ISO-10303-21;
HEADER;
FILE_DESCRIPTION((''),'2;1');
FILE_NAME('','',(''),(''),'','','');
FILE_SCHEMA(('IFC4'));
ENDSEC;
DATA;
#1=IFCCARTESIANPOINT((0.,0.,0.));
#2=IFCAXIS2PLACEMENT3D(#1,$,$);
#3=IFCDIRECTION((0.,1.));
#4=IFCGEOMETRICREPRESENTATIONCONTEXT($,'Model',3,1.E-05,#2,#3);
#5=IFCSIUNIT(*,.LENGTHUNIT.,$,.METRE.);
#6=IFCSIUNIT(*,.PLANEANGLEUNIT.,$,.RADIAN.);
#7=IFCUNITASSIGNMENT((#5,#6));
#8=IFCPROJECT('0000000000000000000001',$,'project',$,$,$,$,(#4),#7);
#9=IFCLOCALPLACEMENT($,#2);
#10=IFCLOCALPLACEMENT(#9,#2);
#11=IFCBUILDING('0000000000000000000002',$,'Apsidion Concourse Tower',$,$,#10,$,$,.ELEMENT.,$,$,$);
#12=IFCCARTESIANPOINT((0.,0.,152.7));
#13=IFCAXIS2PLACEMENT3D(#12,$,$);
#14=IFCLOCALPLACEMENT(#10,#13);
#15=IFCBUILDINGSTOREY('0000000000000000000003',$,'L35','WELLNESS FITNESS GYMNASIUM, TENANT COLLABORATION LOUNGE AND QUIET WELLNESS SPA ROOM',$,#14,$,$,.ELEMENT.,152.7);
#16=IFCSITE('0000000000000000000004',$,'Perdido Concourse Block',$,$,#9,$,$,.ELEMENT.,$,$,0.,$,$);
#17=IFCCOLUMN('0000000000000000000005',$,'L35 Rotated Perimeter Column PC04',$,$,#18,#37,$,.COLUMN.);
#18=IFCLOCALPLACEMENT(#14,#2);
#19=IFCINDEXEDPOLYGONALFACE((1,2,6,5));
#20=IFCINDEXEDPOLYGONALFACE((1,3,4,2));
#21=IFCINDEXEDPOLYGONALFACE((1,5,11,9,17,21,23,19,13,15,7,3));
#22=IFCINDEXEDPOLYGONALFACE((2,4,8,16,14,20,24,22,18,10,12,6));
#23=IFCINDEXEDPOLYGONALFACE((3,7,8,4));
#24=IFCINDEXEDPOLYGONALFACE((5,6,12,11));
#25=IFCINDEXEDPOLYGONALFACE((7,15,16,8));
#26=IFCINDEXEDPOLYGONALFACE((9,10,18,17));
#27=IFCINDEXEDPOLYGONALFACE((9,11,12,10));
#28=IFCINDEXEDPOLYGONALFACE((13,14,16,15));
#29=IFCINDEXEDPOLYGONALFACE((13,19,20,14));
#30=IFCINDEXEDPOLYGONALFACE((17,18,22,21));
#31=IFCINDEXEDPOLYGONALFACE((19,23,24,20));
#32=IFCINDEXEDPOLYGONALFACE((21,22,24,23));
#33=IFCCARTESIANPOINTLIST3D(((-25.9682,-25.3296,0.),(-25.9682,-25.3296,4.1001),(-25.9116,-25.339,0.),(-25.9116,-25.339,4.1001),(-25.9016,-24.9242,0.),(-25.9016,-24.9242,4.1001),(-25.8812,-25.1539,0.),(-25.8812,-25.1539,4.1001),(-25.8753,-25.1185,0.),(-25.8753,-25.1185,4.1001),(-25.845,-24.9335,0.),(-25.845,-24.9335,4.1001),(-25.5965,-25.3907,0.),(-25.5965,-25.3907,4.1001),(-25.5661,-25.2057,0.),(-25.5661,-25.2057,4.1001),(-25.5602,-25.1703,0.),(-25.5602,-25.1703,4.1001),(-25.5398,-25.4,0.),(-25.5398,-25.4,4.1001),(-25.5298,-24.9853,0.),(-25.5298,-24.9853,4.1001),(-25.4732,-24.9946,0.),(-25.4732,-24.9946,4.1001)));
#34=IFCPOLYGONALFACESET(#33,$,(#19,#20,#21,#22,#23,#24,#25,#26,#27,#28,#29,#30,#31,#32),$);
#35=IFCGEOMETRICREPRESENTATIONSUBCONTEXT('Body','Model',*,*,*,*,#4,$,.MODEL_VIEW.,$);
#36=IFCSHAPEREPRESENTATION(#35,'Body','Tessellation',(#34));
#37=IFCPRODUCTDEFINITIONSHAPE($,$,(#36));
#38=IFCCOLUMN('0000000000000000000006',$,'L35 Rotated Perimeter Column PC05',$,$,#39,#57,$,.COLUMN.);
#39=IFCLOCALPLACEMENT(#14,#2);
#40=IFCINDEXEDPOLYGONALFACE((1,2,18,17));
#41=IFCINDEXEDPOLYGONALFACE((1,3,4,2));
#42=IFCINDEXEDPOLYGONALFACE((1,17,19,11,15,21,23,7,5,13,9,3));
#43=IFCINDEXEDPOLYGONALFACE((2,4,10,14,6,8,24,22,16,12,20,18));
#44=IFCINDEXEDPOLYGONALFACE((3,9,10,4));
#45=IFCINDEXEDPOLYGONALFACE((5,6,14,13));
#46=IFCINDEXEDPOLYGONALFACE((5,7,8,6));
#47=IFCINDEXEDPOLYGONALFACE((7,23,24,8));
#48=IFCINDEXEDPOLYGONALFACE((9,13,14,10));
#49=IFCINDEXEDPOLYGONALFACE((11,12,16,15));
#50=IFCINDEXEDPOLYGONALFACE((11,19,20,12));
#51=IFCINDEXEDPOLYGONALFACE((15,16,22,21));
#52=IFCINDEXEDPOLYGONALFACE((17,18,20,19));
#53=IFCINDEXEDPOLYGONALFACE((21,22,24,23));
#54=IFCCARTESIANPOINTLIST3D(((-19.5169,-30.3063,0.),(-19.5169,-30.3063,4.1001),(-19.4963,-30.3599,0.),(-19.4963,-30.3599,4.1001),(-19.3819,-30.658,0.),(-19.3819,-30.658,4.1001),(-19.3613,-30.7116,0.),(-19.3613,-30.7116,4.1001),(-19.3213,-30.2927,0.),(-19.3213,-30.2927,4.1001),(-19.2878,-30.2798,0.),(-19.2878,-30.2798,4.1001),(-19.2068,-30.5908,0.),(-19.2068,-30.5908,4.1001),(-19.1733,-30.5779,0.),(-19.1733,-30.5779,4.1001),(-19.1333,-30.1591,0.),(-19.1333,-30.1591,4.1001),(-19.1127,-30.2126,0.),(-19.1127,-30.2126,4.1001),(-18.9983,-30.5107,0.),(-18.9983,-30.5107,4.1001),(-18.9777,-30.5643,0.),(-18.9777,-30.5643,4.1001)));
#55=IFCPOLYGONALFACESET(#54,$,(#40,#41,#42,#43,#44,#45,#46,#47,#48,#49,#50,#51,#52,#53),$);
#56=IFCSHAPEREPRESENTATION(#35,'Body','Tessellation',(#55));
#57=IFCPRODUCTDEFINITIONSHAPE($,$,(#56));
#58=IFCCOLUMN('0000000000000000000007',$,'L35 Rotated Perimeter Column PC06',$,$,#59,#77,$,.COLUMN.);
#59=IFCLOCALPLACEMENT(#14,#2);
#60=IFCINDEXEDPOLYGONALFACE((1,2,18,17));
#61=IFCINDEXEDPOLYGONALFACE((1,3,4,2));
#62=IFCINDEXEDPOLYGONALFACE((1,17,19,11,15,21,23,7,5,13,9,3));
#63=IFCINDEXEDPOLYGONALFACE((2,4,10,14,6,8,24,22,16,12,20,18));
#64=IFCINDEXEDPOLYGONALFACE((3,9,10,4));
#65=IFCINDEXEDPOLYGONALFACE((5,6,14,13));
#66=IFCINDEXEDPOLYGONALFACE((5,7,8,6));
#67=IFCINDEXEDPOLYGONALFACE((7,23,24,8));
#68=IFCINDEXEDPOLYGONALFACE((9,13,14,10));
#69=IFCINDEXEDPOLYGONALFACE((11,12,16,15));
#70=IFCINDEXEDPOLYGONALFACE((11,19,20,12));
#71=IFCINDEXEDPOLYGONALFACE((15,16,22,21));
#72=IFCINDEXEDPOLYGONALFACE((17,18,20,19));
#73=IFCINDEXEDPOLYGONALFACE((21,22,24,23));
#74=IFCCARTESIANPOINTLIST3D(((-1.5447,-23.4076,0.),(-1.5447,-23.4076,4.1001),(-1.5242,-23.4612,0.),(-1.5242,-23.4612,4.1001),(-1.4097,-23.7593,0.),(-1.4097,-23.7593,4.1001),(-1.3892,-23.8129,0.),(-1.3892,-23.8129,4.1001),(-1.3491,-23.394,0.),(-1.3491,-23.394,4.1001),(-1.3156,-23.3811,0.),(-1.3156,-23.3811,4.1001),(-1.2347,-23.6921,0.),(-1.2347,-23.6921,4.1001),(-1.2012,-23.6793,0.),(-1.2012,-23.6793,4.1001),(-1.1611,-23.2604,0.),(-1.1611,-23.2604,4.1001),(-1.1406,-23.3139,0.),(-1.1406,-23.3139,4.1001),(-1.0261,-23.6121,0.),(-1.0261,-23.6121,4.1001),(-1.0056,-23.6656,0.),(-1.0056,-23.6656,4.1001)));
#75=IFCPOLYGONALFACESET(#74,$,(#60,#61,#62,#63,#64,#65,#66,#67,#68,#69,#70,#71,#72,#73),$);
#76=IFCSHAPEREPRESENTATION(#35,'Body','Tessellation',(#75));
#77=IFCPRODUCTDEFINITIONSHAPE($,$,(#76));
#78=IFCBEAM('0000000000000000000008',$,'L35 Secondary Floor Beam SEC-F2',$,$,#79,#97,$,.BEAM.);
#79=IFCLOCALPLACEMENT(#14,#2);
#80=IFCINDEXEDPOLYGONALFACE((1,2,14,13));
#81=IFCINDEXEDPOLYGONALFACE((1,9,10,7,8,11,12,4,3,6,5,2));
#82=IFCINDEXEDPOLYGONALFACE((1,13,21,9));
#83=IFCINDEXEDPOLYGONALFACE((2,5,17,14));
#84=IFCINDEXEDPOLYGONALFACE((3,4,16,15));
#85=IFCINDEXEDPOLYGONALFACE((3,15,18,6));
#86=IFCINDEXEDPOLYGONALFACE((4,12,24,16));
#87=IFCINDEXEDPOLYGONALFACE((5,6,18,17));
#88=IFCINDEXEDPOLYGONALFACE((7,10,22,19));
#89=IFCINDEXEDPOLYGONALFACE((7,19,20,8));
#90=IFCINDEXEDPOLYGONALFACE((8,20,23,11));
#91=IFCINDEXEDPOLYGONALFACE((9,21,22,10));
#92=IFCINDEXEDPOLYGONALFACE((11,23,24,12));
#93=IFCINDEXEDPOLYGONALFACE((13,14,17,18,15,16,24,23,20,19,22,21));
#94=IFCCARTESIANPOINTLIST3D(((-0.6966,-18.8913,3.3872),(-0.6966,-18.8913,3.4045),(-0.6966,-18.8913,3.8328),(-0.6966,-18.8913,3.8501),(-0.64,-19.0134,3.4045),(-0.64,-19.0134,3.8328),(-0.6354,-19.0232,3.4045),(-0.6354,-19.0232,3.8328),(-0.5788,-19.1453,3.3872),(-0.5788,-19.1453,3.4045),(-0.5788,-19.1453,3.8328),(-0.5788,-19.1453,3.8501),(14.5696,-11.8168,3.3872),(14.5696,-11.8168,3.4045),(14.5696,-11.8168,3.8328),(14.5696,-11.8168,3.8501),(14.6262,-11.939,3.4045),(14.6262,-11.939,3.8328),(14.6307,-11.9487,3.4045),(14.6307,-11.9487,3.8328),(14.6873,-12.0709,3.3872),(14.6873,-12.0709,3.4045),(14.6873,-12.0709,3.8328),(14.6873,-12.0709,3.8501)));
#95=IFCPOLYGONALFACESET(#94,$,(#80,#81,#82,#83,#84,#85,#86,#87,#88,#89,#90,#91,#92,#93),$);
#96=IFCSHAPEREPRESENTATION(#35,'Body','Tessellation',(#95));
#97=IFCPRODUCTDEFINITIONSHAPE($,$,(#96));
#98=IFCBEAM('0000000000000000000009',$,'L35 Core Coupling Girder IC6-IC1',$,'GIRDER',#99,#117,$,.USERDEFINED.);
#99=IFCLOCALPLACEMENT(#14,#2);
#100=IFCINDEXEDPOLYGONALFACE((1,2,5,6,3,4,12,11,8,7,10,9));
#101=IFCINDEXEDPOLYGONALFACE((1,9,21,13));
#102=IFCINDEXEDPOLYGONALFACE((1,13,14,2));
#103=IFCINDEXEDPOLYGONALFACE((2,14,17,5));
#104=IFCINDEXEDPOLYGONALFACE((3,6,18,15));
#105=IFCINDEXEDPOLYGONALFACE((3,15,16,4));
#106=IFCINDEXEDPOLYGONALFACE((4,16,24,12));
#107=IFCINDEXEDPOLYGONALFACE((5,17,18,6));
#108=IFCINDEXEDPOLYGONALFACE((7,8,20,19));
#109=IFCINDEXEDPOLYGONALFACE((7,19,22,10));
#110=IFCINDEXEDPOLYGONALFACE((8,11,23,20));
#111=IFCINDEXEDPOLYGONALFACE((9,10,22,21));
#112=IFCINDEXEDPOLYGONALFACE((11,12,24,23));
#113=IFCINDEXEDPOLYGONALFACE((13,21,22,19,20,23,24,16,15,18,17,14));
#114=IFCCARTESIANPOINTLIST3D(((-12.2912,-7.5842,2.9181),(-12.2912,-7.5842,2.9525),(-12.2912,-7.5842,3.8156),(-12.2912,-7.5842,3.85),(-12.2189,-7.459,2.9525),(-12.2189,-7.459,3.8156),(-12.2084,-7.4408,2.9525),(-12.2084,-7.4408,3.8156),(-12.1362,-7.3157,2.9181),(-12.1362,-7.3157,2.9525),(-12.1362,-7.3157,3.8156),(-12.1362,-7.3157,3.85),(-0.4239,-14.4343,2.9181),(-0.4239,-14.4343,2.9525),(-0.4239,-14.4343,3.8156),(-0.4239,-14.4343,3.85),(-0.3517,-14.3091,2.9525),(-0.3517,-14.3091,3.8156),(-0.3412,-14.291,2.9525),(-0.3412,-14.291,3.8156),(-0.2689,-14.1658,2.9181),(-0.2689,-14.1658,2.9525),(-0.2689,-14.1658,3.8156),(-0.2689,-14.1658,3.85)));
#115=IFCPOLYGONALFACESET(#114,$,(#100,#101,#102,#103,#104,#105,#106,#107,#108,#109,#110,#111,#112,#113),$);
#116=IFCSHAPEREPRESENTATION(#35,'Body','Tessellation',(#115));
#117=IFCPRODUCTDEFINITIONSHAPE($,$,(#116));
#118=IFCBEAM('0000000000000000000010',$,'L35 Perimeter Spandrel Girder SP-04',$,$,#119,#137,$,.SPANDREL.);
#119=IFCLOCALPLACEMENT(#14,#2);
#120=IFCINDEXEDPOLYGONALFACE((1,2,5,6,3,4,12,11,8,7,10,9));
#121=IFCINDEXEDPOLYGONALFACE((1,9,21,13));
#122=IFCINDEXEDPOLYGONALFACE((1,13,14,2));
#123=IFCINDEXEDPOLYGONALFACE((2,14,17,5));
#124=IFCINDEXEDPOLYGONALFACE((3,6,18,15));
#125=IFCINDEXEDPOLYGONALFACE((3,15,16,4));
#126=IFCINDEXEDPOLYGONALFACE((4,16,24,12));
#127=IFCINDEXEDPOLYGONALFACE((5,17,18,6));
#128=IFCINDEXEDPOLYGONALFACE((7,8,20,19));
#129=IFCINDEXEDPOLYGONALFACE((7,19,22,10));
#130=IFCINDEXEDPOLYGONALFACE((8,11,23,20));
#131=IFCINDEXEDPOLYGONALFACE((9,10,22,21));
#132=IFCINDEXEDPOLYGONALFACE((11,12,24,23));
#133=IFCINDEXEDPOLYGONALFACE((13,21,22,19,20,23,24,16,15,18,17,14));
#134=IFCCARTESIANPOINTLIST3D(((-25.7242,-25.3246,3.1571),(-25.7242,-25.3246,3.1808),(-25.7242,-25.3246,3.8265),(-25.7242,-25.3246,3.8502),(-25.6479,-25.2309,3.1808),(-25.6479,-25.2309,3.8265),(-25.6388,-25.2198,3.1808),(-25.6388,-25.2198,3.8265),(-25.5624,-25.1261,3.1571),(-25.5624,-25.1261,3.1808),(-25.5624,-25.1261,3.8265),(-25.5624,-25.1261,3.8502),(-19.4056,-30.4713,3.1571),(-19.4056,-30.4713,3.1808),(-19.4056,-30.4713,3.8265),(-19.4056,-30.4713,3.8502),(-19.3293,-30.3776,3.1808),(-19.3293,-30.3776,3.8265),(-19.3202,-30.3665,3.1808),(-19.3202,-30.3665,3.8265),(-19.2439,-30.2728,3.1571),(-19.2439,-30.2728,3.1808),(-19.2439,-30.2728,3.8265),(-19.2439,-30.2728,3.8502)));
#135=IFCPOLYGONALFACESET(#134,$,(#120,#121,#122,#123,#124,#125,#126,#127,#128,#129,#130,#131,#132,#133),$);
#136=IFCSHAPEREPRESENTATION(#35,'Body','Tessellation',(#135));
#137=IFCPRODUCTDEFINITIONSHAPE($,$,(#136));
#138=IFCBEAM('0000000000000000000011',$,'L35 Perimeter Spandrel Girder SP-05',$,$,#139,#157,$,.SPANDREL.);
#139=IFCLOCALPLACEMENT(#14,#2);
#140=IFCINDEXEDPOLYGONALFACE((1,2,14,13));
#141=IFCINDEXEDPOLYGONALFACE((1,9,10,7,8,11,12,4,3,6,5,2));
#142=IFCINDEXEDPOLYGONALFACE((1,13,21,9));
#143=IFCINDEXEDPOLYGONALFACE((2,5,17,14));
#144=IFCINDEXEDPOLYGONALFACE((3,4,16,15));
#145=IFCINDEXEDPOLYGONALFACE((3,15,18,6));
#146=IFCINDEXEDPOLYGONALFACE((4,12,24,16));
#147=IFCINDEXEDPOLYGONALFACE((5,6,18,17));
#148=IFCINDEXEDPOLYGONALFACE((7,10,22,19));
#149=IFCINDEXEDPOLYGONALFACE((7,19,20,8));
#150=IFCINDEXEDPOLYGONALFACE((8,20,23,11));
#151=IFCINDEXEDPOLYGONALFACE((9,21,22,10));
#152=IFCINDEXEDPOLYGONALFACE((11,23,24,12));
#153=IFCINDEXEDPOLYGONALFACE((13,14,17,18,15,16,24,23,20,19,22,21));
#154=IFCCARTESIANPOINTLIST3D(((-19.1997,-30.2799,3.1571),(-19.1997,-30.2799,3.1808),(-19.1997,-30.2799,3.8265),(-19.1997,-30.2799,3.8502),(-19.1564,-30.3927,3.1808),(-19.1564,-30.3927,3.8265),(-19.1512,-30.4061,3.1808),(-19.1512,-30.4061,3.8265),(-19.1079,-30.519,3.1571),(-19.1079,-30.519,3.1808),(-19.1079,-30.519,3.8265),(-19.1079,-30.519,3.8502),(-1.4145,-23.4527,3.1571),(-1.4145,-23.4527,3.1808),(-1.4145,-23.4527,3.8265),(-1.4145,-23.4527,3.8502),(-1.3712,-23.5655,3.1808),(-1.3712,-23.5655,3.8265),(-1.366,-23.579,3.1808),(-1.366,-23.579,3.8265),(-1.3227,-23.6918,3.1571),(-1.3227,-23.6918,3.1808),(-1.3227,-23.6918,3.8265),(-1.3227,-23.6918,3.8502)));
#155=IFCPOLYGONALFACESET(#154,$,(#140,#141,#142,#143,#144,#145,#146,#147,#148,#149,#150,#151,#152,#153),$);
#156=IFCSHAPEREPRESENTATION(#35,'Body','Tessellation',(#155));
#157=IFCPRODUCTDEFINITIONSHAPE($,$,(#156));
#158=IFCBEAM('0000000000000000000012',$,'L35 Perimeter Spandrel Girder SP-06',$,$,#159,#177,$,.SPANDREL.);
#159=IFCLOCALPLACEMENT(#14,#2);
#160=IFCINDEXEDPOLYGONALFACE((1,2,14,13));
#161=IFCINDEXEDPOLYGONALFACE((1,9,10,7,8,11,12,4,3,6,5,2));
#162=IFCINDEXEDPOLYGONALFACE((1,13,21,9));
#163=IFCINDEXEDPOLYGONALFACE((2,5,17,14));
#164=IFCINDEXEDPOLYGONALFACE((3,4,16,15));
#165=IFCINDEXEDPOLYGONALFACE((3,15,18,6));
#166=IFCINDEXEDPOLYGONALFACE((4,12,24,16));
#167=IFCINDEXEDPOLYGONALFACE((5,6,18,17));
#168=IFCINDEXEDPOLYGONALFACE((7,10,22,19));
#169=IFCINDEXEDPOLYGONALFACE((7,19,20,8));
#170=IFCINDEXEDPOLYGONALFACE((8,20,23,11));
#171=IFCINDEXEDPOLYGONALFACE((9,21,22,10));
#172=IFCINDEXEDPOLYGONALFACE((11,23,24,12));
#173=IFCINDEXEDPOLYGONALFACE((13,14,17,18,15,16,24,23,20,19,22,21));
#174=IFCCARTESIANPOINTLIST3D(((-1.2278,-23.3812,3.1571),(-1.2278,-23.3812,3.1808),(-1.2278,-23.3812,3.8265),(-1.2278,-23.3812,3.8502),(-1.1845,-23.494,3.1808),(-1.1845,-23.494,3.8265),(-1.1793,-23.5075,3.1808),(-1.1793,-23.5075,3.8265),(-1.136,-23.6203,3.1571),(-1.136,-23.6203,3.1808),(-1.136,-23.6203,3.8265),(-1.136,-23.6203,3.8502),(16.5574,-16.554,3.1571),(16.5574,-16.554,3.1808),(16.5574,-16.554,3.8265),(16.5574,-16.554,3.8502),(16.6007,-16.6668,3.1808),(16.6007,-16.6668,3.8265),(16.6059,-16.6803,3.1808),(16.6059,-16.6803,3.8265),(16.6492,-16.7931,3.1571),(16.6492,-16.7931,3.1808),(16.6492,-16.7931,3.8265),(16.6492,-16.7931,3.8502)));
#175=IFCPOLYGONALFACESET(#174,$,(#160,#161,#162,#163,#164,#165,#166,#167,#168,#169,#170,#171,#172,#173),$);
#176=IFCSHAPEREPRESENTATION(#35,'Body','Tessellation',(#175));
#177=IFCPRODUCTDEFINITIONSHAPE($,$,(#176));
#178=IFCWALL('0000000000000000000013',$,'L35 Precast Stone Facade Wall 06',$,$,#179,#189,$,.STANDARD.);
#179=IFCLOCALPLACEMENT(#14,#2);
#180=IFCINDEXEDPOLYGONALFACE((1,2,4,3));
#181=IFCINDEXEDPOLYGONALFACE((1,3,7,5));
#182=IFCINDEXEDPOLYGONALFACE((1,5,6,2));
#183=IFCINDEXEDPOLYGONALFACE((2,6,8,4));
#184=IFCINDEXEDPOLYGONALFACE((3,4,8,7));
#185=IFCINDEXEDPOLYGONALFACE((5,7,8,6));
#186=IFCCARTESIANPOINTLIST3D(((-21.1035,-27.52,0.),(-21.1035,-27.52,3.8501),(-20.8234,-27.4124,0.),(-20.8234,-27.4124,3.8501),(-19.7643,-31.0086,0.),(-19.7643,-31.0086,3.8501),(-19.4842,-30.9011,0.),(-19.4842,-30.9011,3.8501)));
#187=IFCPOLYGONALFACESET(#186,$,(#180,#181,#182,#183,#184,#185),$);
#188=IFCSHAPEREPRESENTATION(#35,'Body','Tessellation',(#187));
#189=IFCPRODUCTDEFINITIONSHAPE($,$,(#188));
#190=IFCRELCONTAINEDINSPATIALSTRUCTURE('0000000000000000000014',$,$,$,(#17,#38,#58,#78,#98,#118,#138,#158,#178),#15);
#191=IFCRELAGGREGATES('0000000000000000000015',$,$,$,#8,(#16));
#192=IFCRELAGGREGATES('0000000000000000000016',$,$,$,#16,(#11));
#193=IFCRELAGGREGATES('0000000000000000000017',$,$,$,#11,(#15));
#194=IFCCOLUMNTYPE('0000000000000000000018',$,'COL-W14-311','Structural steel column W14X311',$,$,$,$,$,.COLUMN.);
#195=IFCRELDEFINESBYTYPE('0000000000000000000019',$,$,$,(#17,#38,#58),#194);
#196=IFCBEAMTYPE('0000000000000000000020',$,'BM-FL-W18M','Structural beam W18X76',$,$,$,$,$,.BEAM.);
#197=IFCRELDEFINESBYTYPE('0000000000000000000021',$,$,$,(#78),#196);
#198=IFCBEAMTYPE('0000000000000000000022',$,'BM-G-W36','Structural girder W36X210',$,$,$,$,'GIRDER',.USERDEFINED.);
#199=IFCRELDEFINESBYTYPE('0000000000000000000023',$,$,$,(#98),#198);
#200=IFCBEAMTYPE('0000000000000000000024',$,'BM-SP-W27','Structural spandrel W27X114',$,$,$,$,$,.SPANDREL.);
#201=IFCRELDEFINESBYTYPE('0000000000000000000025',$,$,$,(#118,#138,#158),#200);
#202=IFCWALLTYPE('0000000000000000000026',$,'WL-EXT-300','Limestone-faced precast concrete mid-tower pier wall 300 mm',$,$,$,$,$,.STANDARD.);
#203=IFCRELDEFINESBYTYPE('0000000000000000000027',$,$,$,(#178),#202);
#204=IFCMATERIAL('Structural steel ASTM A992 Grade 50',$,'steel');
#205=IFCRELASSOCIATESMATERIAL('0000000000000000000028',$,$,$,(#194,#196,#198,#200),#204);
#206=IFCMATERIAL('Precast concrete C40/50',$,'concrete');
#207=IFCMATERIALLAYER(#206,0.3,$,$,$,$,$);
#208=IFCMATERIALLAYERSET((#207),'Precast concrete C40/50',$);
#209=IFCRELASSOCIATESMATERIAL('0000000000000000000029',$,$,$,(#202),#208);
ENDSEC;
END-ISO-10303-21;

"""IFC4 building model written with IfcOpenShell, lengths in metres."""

from ifc_helpers import new_model, si_unit, direction, frame, frame_2d, origin, origin_2d, place, context, subcontext, project, spatial, rectangle, i_section, extrude, material, layer, layer_set, material_profile, profile_set, type_object, element, save


model = new_model("IFC4")

# Units and contexts
model_context = context("Model", 3, precision=1e-05, world=origin(), true_north=direction((0.0, 1.0)))
body_context = subcontext(model_context, "Body", "Model", "MODEL_VIEW")
ifc_project = project(units=[si_unit("LENGTHUNIT", "METRE"), si_unit("PLANEANGLEUNIT", "RADIAN")], contexts=[model_context])

# Site, building, storey
site_placement = place(None, origin())
site = spatial("IfcSite", under=ifc_project, at=site_placement, Name="Perdido Concourse Block", CompositionType="ELEMENT", RefElevation=0.0)
building_placement = place(site_placement, origin())
building = spatial("IfcBuilding", under=site, at=building_placement, Name="Apsidion Concourse Tower", CompositionType="ELEMENT")
storey_placement = place(building_placement, frame((0.0, 0.0, 152.7)))
storey = spatial("IfcBuildingStorey", under=building, at=storey_placement, Name="L35", Description="WELLNESS FITNESS GYMNASIUM, TENANT COLLABORATION LOUNGE AND QUIET WELLNESS SPA ROOM", CompositionType="ELEMENT", Elevation=152.7)

# Columns
ifc_material_1 = material(Name="Structural steel ASTM A992 Grade 50", Category="steel")
ifc_material_profile_1 = material_profile(ifc_material_1, i_section(OverallWidth=0.4109, OverallDepth=0.4341, WebThickness=0.0359, FlangeThickness=0.0574, at=origin_2d()), Name="W14X311")
ifc_profile_set_1 = profile_set([ifc_material_profile_1], Name="Structural steel ASTM A992 Grade 50")
column_type = type_object("IfcColumnType", Name="COL-W14-311", Description="Structural steel column W14X311", PredefinedType="COLUMN", material=ifc_profile_set_1)
for number, where, z_axis, x_axis, name in (
    (1, (-25.7207, -25.1621, 0.0), (0.0, 0.0, 1.0), (0.162121, 0.986771, 0.0), "L35 Rotated Perimeter Column PC04"),
    (2, (-19.2473, -30.4353, 0.0), (0.0, 0.0, 1.0), (0.93358, 0.358368, 0.0), "L35 Rotated Perimeter Column PC05"),
    (3, (-1.2751, -23.5366, 0.0), (0.0, 0.0, 1.0), (0.93358, 0.358368, 0.0), "L35 Rotated Perimeter Column PC06"),
):
    element("IfcColumn", number, at=place(storey_placement, frame(where, z_axis=z_axis, x_axis=x_axis)), inside=storey, type_object=column_type, Name=name, PredefinedType="COLUMN", context=body_context, shape_type="SweptSolid", body=[
        extrude(i_section(OverallWidth=0.4109, OverallDepth=0.4341, WebThickness=0.0359, FlangeThickness=0.0574, at=origin_2d()), origin(), (0.0, 0.0, 1.0), 4.1001),
    ])

# Beams
ifc_material_profile_2 = material_profile(ifc_material_1, i_section(OverallWidth=0.28, OverallDepth=0.4629, WebThickness=0.0107, FlangeThickness=0.0173, at=origin_2d()), Name="W18X76")
ifc_profile_set_2 = profile_set([ifc_material_profile_2], Name="Structural steel ASTM A992 Grade 50")
beam_type_1 = type_object("IfcBeamType", Name="BM-FL-W18M", Description="Structural beam W18X76", PredefinedType="BEAM", material=ifc_profile_set_2)
beam_1_placement = place(storey_placement, frame((-0.6377, -19.0183, 3.6187), z_axis=(0.907312, 0.420457, 0.0), x_axis=(-0.420457, 0.907312, 0.0)))
element("IfcBeam", 4, at=beam_1_placement, inside=storey, type_object=beam_type_1, Name="L35 Secondary Floor Beam SEC-F2", PredefinedType="BEAM", context=body_context, shape_type="SweptSolid", body=[
    extrude(i_section(OverallWidth=0.28, OverallDepth=0.4629, WebThickness=0.0107, FlangeThickness=0.0173, at=origin_2d()), origin(), (0.0, 0.0, 1.0), 16.8257),
])
ifc_material_profile_3 = material_profile(ifc_material_1, i_section(OverallWidth=0.3101, OverallDepth=0.9319, WebThickness=0.021, FlangeThickness=0.0344, at=origin_2d()), Name="W36X210")
ifc_profile_set_3 = profile_set([ifc_material_profile_3], Name="Structural steel ASTM A992 Grade 50")
beam_type_2 = type_object("IfcBeamType", Name="BM-G-W36", Description="Structural girder W36X210", ElementType="GIRDER", PredefinedType="USERDEFINED", material=ifc_profile_set_3)
beam_2_placement = place(storey_placement, frame((-0.3464, -14.3, 3.384), z_axis=(-0.86607, 0.499922, 0.0), x_axis=(-0.499922, -0.86607, 0.0)))
element("IfcBeam", 5, at=beam_2_placement, inside=storey, type_object=beam_type_2, Name="L35 Core Coupling Girder IC6-IC1", ObjectType="GIRDER", PredefinedType="USERDEFINED", context=body_context, shape_type="SweptSolid", body=[
    extrude(i_section(OverallWidth=0.3101, OverallDepth=0.9319, WebThickness=0.021, FlangeThickness=0.0344, at=origin_2d()), origin(), (0.0, 0.0, 1.0), 13.7024),
])
ifc_material_profile_4 = material_profile(ifc_material_1, i_section(OverallWidth=0.2561, OverallDepth=0.6931, WebThickness=0.0144, FlangeThickness=0.0237, at=origin_2d()), Name="W27X114")
ifc_profile_set_4 = profile_set([ifc_material_profile_4], Name="Structural steel ASTM A992 Grade 50")
beam_type_3 = type_object("IfcBeamType", Name="BM-SP-W27", Description="Structural spandrel W27X114", PredefinedType="SPANDREL", material=ifc_profile_set_4)
beam_3_placement = place(storey_placement, frame((-25.6433, -25.2253, 3.5037), z_axis=(0.775341, -0.631543, 0.0), x_axis=(0.631543, 0.775341, 0.0)))
element("IfcBeam", 6, at=beam_3_placement, inside=storey, type_object=beam_type_3, Name="L35 Perimeter Spandrel Girder SP-04", PredefinedType="SPANDREL", context=body_context, shape_type="SweptSolid", body=[
    extrude(i_section(OverallWidth=0.2561, OverallDepth=0.6931, WebThickness=0.0144, FlangeThickness=0.0237, at=origin_2d()), origin(), (0.0, 0.0, 1.0), 8.1494),
])
for number, where, z_axis, x_axis, name in (
    (7, (-19.1538, -30.3994, 3.5037), (0.933579, 0.358371, 0.0), (-0.358371, 0.933579, 0.0), "L35 Perimeter Spandrel Girder SP-05"),
    (8, (-1.1819, -23.5007, 3.5037), (0.933579, 0.358371, 0.0), (-0.358371, 0.933579, 0.0), "L35 Perimeter Spandrel Girder SP-06"),
):
    element("IfcBeam", number, at=place(storey_placement, frame(where, z_axis=z_axis, x_axis=x_axis)), inside=storey, type_object=beam_type_3, Name=name, PredefinedType="SPANDREL", context=body_context, shape_type="SweptSolid", body=[
        extrude(i_section(OverallWidth=0.2561, OverallDepth=0.6931, WebThickness=0.0144, FlangeThickness=0.0237, at=origin_2d()), origin(), (0.0, 0.0, 1.0), 19.0505),
    ])

# Wall
ifc_material_2 = material(Name="Precast concrete C40/50", Category="concrete")
ifc_layer_1 = layer(ifc_material_2, 0.3)
ifc_layer_set_1 = layer_set([ifc_layer_1], Name="Precast concrete C40/50")
wall_type_1 = type_object("IfcWallType", Name="WL-EXT-300", Description="Limestone-faced precast concrete mid-tower pier wall 300 mm", PredefinedType="STANDARD", material=ifc_layer_set_1)
wall_1_placement = place(storey_placement, frame((-19.6243, -30.9548, 0.0), z_axis=(0.0, 0.0, 1.0), x_axis=(-0.358366, 0.933581, 0.0)))
element("IfcWall", 9, at=wall_1_placement, inside=storey, type_object=wall_type_1, Name="L35 Precast Stone Facade Wall 06", PredefinedType="STANDARD", context=body_context, shape_type="SweptSolid", body=[
    extrude(rectangle(XDim=3.7368, YDim=0.3, at=frame_2d((1.8684, 0.0))), origin(), (0.0, 0.0, 1.0), 3.8501),
])

save(model, "model.ifc")
